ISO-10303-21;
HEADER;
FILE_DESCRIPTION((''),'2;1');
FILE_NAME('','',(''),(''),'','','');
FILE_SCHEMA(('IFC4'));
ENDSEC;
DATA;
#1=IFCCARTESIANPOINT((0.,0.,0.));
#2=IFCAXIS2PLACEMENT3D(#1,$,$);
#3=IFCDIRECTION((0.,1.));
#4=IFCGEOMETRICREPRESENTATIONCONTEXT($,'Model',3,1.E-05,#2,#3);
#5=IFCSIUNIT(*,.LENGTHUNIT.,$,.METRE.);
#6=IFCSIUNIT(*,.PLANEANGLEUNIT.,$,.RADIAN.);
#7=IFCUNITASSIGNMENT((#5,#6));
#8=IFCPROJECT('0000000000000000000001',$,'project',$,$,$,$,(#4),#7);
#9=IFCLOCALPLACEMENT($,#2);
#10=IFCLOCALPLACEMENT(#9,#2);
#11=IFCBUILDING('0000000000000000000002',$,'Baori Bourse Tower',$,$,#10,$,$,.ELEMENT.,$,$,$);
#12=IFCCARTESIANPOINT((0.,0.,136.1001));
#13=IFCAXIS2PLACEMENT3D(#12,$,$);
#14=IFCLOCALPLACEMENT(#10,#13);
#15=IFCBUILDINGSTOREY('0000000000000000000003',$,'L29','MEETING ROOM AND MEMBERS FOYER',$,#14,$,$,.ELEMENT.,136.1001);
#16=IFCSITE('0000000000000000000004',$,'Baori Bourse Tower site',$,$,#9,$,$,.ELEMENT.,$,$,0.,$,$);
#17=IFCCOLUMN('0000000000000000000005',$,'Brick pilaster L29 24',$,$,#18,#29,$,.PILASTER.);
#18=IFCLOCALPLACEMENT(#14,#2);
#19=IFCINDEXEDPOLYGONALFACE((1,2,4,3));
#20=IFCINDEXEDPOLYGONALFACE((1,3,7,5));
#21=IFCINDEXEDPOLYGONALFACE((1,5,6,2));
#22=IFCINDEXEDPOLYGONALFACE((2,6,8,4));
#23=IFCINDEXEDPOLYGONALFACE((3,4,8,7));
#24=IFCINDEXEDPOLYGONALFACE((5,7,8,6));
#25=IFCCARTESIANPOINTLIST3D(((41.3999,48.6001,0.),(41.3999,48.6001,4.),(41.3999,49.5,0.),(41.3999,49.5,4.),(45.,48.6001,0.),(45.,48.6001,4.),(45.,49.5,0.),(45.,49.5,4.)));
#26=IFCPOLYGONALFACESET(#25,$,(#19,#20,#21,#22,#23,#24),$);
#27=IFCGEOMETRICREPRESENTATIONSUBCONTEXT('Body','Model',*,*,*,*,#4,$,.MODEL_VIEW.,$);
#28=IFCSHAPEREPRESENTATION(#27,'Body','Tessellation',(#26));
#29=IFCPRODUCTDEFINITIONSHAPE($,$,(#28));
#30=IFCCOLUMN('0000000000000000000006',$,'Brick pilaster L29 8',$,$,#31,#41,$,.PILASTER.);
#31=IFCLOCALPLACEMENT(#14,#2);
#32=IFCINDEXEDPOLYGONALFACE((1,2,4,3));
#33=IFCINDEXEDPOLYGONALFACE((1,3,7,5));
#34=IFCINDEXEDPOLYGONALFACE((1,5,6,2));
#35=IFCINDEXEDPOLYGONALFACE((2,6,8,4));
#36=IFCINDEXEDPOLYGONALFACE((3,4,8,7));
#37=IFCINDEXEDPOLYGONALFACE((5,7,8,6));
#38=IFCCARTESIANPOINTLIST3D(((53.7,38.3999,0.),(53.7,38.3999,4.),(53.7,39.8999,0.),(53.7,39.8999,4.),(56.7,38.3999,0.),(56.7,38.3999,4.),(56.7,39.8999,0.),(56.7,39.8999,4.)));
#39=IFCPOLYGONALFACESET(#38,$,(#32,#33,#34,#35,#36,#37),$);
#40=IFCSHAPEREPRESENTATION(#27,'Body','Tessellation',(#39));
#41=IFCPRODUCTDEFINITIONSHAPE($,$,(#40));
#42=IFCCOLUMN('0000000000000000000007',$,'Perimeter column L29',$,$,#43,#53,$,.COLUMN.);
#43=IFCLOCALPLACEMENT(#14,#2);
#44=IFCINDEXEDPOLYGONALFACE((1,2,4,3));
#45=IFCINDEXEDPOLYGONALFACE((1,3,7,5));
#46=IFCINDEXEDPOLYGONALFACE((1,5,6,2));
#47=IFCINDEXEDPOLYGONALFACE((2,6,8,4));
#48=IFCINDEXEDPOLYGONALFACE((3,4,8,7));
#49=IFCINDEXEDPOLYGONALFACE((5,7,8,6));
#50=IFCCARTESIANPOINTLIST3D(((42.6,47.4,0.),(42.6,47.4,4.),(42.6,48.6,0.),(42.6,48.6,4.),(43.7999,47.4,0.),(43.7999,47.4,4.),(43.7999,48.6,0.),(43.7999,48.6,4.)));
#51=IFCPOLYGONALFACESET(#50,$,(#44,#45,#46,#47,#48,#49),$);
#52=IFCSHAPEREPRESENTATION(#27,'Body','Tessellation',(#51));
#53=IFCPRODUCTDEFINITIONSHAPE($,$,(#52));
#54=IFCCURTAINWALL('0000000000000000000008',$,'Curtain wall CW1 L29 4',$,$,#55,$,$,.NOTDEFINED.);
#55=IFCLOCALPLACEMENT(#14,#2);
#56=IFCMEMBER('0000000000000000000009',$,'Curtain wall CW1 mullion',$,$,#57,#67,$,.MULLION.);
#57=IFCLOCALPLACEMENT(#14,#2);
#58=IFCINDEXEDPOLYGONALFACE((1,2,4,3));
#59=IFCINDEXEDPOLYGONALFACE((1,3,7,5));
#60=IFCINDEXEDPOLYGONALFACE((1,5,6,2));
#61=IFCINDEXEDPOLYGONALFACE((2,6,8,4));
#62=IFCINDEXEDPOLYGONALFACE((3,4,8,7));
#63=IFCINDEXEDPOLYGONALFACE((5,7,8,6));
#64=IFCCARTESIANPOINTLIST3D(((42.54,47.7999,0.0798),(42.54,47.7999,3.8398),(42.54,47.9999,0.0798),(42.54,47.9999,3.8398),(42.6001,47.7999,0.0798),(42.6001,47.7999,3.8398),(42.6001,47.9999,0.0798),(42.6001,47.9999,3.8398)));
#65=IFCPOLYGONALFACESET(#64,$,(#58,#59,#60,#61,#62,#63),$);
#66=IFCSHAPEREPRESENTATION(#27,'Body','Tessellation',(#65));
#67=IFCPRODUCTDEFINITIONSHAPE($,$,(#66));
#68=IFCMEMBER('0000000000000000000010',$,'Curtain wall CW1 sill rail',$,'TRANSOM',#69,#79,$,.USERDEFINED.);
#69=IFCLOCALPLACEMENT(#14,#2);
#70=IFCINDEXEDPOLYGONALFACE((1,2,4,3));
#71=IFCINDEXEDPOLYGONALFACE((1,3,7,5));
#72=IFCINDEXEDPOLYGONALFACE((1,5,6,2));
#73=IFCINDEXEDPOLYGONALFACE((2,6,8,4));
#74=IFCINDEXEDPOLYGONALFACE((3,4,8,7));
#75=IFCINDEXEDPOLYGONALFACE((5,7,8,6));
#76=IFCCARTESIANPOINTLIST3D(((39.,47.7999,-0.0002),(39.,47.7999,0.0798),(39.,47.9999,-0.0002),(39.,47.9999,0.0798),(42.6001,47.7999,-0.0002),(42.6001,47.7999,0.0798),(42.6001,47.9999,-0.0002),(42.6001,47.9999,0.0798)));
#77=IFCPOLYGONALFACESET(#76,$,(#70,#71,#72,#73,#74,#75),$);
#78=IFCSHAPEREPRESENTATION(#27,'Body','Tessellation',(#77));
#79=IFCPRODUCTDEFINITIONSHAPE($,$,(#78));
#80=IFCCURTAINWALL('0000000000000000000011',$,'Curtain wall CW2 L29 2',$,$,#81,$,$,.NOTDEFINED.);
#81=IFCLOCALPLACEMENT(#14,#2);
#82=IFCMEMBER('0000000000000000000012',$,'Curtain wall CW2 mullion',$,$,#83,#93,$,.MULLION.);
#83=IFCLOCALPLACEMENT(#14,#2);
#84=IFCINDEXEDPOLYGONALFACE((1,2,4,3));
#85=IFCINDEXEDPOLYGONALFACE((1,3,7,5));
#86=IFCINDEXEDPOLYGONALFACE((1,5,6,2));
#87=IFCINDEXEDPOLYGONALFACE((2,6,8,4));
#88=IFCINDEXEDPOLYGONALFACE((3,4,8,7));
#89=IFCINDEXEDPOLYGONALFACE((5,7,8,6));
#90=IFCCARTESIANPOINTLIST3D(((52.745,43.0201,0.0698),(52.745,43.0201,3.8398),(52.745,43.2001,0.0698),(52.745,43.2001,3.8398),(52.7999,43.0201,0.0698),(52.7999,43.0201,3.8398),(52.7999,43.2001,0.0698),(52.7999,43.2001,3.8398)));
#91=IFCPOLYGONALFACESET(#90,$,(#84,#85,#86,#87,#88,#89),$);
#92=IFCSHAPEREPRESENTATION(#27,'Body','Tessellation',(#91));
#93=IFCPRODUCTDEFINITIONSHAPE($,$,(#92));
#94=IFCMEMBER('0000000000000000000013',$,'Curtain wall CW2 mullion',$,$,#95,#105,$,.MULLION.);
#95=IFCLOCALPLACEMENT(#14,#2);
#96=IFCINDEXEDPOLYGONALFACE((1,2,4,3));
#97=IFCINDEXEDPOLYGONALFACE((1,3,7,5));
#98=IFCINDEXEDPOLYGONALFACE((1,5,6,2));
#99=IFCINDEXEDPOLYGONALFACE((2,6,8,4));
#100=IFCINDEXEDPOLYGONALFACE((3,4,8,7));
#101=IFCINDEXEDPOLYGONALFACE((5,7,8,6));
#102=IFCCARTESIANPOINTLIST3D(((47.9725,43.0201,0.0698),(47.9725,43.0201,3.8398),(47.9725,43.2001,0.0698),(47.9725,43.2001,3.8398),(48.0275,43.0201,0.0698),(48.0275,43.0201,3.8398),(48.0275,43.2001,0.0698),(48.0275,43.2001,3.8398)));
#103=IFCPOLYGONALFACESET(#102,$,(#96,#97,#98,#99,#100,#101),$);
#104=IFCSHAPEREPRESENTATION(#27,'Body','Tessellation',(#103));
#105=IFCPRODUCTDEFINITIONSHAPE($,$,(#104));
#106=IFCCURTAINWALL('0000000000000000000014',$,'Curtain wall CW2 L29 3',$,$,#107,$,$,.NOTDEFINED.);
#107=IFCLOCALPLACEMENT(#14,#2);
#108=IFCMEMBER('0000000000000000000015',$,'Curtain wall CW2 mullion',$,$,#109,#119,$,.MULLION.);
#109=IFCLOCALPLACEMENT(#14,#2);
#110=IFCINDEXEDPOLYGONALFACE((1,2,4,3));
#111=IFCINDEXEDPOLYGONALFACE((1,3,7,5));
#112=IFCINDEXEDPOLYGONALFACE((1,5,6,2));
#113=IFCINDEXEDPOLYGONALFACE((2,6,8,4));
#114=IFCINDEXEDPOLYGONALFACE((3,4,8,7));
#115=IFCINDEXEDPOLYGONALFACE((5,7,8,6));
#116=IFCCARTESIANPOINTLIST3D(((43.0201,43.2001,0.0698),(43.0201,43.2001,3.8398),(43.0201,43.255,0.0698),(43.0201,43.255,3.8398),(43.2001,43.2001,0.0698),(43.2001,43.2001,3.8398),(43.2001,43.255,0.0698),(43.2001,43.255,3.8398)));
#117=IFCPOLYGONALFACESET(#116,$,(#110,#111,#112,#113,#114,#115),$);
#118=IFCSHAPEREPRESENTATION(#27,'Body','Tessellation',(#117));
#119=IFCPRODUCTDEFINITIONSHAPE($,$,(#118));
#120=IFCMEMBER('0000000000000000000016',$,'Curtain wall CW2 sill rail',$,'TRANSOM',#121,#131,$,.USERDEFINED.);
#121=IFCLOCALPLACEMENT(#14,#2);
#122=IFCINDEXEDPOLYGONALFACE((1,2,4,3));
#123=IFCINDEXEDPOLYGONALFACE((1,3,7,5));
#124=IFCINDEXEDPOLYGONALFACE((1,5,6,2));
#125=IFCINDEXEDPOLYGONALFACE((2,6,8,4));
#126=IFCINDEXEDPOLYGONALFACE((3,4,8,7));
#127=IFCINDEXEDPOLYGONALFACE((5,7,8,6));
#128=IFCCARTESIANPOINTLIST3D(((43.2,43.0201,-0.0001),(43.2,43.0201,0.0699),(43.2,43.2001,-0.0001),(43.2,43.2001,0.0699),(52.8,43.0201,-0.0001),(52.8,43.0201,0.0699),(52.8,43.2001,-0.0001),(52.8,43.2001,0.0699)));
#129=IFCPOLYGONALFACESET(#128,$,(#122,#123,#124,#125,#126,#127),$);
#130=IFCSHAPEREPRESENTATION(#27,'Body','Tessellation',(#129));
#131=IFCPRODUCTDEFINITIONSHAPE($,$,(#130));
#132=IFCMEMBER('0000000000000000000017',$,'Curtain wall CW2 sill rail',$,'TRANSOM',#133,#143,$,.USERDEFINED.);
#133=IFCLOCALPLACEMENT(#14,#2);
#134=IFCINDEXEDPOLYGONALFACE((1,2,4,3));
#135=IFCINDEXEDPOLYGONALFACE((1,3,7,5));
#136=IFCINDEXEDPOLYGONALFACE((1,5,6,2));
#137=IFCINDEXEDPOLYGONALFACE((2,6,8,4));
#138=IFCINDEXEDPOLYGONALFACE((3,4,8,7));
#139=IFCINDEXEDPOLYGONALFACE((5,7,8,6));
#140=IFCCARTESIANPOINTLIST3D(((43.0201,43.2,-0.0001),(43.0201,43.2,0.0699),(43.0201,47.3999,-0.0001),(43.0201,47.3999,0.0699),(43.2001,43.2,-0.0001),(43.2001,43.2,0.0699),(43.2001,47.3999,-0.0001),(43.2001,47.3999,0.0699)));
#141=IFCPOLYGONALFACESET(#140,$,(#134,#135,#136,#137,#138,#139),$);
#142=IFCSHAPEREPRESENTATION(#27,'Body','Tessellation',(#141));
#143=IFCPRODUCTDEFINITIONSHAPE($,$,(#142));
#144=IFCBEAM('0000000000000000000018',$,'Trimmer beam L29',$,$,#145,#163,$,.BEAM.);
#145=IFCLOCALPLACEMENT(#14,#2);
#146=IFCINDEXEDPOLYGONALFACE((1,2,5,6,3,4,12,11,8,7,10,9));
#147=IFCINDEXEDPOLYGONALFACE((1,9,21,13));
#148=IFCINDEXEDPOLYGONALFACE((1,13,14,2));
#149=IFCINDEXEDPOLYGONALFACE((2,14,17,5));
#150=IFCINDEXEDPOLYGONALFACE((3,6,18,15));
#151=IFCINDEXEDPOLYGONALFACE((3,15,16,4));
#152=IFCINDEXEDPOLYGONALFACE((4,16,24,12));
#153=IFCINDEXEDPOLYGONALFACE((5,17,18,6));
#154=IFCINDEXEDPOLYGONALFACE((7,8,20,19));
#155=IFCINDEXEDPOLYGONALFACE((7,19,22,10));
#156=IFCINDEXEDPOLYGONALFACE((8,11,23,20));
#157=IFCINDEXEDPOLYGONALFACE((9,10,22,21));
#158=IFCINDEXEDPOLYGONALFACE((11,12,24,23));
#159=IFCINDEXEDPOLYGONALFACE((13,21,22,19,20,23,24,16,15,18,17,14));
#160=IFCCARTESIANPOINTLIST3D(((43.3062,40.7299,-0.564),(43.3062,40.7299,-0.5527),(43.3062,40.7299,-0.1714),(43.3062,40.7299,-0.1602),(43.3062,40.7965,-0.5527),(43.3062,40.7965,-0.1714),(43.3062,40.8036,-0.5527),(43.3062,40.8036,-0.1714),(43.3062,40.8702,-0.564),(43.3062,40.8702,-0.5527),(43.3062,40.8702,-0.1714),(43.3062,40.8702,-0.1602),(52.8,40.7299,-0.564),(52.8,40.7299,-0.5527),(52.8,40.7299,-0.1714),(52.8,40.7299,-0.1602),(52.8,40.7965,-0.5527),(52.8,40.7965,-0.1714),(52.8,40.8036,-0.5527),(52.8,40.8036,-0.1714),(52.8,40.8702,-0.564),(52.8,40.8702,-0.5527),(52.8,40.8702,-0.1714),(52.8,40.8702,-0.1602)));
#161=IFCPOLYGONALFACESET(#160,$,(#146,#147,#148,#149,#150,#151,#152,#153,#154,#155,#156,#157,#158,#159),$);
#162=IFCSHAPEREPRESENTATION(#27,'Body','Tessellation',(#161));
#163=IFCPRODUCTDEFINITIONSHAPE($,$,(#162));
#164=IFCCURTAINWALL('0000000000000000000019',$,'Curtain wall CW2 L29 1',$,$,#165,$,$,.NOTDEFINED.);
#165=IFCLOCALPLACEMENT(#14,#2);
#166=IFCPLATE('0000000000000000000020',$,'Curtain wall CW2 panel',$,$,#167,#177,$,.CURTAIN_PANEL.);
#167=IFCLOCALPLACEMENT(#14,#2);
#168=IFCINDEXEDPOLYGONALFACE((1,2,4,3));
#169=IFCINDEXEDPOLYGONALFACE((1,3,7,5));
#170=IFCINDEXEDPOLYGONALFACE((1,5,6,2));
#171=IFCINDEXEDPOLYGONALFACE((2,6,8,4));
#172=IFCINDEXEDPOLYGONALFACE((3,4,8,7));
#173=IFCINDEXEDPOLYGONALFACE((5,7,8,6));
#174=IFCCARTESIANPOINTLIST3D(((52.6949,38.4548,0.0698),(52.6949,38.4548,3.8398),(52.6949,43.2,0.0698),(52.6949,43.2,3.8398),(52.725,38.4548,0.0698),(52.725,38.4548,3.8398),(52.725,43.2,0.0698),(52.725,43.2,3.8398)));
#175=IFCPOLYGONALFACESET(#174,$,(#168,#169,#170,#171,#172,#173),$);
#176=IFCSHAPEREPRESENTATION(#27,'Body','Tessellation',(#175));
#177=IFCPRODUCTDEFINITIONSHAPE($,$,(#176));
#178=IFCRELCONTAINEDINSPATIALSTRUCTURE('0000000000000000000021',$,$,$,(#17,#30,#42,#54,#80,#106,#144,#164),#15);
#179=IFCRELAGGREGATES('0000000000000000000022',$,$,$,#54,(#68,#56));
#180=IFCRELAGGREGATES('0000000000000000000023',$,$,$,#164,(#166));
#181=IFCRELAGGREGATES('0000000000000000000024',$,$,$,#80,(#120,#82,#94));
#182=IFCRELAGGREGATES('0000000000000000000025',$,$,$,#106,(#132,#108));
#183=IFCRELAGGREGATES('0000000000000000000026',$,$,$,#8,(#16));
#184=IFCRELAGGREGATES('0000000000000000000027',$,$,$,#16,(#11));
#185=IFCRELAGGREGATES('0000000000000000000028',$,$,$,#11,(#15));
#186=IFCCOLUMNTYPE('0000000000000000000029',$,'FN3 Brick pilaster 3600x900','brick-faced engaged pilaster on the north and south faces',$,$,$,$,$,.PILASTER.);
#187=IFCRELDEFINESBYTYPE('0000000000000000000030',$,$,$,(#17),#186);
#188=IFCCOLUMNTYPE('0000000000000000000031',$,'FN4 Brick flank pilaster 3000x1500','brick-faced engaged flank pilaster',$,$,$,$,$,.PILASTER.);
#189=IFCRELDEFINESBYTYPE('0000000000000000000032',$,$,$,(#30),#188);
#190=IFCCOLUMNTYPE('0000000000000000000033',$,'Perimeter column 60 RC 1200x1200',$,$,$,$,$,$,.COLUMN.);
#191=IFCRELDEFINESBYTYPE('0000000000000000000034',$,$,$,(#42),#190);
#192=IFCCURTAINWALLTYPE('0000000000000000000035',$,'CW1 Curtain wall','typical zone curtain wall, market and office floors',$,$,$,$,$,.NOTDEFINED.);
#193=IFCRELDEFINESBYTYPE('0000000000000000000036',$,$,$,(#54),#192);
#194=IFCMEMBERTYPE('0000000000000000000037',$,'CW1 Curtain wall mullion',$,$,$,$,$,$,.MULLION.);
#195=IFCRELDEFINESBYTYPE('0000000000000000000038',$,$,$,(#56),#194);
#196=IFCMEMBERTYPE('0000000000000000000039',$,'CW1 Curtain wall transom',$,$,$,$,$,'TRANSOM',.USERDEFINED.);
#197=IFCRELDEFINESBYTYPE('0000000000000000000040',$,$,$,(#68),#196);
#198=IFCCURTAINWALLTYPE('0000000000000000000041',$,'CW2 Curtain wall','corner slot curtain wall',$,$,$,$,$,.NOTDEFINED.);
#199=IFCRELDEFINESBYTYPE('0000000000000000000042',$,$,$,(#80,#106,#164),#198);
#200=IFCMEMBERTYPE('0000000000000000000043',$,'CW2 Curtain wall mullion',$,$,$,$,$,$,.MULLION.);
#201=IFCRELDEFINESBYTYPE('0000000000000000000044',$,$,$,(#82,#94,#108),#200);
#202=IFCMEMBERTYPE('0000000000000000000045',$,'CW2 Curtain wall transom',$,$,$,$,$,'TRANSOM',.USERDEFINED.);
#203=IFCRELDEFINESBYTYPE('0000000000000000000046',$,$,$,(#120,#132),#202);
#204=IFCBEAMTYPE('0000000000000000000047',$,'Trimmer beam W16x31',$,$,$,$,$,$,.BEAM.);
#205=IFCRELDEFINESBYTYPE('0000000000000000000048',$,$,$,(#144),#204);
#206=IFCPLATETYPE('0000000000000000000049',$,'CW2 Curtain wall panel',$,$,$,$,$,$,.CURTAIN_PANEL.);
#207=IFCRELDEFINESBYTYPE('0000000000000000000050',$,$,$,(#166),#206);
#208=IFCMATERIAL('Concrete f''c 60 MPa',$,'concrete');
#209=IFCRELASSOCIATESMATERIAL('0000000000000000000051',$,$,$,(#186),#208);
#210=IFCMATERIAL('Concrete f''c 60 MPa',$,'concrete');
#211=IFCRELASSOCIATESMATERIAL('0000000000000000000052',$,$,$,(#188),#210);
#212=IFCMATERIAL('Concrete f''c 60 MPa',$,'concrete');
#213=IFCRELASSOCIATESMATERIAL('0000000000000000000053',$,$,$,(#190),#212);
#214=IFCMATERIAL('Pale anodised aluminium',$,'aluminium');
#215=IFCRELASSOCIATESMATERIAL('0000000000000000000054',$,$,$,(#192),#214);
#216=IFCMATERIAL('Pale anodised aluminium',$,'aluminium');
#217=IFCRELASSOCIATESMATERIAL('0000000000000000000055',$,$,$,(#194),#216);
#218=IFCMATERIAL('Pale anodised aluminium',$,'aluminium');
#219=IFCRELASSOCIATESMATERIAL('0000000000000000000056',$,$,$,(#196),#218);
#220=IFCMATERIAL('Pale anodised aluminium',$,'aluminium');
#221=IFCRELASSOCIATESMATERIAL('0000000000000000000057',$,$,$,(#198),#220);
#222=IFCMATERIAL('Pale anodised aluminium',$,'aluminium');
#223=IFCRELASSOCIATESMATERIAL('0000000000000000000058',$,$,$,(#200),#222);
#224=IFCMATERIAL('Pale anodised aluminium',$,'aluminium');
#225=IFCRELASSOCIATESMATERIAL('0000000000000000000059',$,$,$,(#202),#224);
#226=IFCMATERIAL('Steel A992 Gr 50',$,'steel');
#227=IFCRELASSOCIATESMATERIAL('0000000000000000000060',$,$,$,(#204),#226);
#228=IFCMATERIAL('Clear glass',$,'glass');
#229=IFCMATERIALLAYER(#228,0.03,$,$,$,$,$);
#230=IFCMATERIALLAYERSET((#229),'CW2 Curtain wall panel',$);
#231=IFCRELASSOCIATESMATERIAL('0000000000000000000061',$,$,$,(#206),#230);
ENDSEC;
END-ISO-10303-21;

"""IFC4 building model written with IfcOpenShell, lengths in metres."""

from ifc_helpers import new_model, si_unit, direction, frame, origin, origin_2d, place, context, subcontext, project, spatial, rectangle, i_section, extrude, material, layer, layer_set, material_profile, profile_set, type_object, element, aggregate, save


model = new_model("IFC4")

# Units and contexts
model_context = context("Model", 3, precision=1e-05, world=origin(), true_north=direction((0.0, 1.0)))
body_context = subcontext(model_context, "Body", "Model", "MODEL_VIEW")
ifc_project = project(units=[si_unit("LENGTHUNIT", "METRE"), si_unit("PLANEANGLEUNIT", "RADIAN")], contexts=[model_context])

# Site, building, storey
site_placement = place(None, origin())
site = spatial("IfcSite", under=ifc_project, at=site_placement, Name="Baori Bourse Tower site", CompositionType="ELEMENT", RefElevation=0.0)
building_placement = place(site_placement, origin())
building = spatial("IfcBuilding", under=site, at=building_placement, Name="Baori Bourse Tower", CompositionType="ELEMENT")
storey_placement = place(building_placement, frame((0.0, 0.0, 136.1001)))
storey = spatial("IfcBuildingStorey", under=building, at=storey_placement, Name="L29", Description="MEETING ROOM AND MEMBERS FOYER", CompositionType="ELEMENT", Elevation=136.1001)

# Columns
ifc_material_1 = material(Name="Concrete f'c 60 MPa", Category="concrete")
ifc_material_profile_1 = material_profile(ifc_material_1, rectangle(XDim=3.6001, YDim=0.8999, at=origin_2d()), Name="RC 3600x900")
ifc_profile_set_1 = profile_set([ifc_material_profile_1], Name="Concrete f'c 60 MPa")
column_type_1 = type_object("IfcColumnType", Name="FN3 Brick pilaster 3600x900", Description="brick-faced engaged pilaster on the north and south faces", PredefinedType="PILASTER", material=ifc_profile_set_1)
column_1_placement = place(storey_placement, frame((43.2, 49.05, 0.0), z_axis=(0.0, 0.0, 1.0), x_axis=(1.0, 0.0, 0.0)))
element("IfcColumn", 1, at=column_1_placement, inside=storey, type_object=column_type_1, Name="Brick pilaster L29 24", PredefinedType="PILASTER", context=body_context, shape_type="SweptSolid", body=[
    extrude(rectangle(XDim=3.6001, YDim=0.8999, at=origin_2d()), origin(), (0.0, 0.0, 1.0), 4.0),
])
ifc_material_2 = material(Name="Concrete f'c 60 MPa", Category="concrete")
ifc_material_profile_2 = material_profile(ifc_material_2, rectangle(XDim=3.0, YDim=1.5, at=origin_2d()), Name="RC 3000x1500")
ifc_profile_set_2 = profile_set([ifc_material_profile_2], Name="Concrete f'c 60 MPa")
column_type_2 = type_object("IfcColumnType", Name="FN4 Brick flank pilaster 3000x1500", Description="brick-faced engaged flank pilaster", PredefinedType="PILASTER", material=ifc_profile_set_2)
column_2_placement = place(storey_placement, frame((55.2, 39.1499, 0.0), z_axis=(0.0, 0.0, 1.0), x_axis=(1.0, 0.0, 0.0)))
element("IfcColumn", 2, at=column_2_placement, inside=storey, type_object=column_type_2, Name="Brick pilaster L29 8", PredefinedType="PILASTER", context=body_context, shape_type="SweptSolid", body=[
    extrude(rectangle(XDim=3.0, YDim=1.5, at=origin_2d()), origin(), (0.0, 0.0, 1.0), 4.0),
])
ifc_material_3 = material(Name="Concrete f'c 60 MPa", Category="concrete")
ifc_material_profile_3 = material_profile(ifc_material_3, rectangle(XDim=1.2, YDim=1.2, at=origin_2d()), Name="RC 1200x1200")
ifc_profile_set_3 = profile_set([ifc_material_profile_3], Name="Concrete f'c 60 MPa")
column_type_3 = type_object("IfcColumnType", Name="Perimeter column 60 RC 1200x1200", PredefinedType="COLUMN", material=ifc_profile_set_3)
column_3_placement = place(storey_placement, frame((43.2, 48.0, 0.0), z_axis=(0.0, 0.0, 1.0), x_axis=(1.0, 0.0, 0.0)))
element("IfcColumn", 3, at=column_3_placement, inside=storey, type_object=column_type_3, Name="Perimeter column L29", PredefinedType="COLUMN", context=body_context, shape_type="SweptSolid", body=[
    extrude(rectangle(XDim=1.2, YDim=1.2, at=origin_2d()), origin(), (0.0, 0.0, 1.0), 4.0),
])

# Curtain walls, members
ifc_material_4 = material(Name="Pale anodised aluminium", Category="aluminium")
curtain_wall_type_1 = type_object("IfcCurtainWallType", Name="CW1 Curtain wall", Description="typical zone curtain wall, market and office floors", PredefinedType="NOTDEFINED", material=ifc_material_4)
curtain_wall_1_placement = place(storey_placement, origin())
curtain_wall_1 = element("IfcCurtainWall", 4, at=curtain_wall_1_placement, inside=storey, type_object=curtain_wall_type_1, Name="Curtain wall CW1 L29 4", PredefinedType="NOTDEFINED")
ifc_material_5 = material(Name="Pale anodised aluminium", Category="aluminium")
ifc_material_profile_4 = material_profile(ifc_material_5, rectangle(XDim=0.2, YDim=0.0601, at=origin_2d()), Name="Mullion 60x200")
ifc_profile_set_4 = profile_set([ifc_material_profile_4], Name="Pale anodised aluminium")
member_type_1 = type_object("IfcMemberType", Name="CW1 Curtain wall mullion", PredefinedType="MULLION", material=ifc_profile_set_4)
member_1_placement = place(storey_placement, frame((42.5701, 47.8999, 0.0798), z_axis=(0.0, 0.0, 1.0), x_axis=(0.0, -1.0, 0.0)))
member_1 = element("IfcMember", 5, at=member_1_placement, type_object=member_type_1, Name="Curtain wall CW1 mullion", PredefinedType="MULLION", context=body_context, shape_type="SweptSolid", body=[
    extrude(rectangle(XDim=0.2, YDim=0.0601, at=origin_2d()), origin(), (0.0, 0.0, 1.0), 3.76),
])
ifc_material_6 = material(Name="Pale anodised aluminium", Category="aluminium")
ifc_material_profile_5 = material_profile(ifc_material_6, rectangle(XDim=0.2, YDim=0.0801, at=origin_2d()), Name="Transom 80x200")
ifc_profile_set_5 = profile_set([ifc_material_profile_5], Name="Pale anodised aluminium")
member_type_2 = type_object("IfcMemberType", Name="CW1 Curtain wall transom", ElementType="TRANSOM", PredefinedType="USERDEFINED", material=ifc_profile_set_5)
member_2_placement = place(storey_placement, frame((42.6001, 47.8999, 0.0398), z_axis=(-1.0, 0.0, 0.0), x_axis=(0.0, -1.0, 0.0)))
member_2 = element("IfcMember", 6, at=member_2_placement, type_object=member_type_2, Name="Curtain wall CW1 sill rail", ObjectType="TRANSOM", PredefinedType="USERDEFINED", context=body_context, shape_type="SweptSolid", body=[
    extrude(rectangle(XDim=0.2, YDim=0.0801, at=origin_2d()), origin(), (0.0, 0.0, 1.0), 3.6001),
])
aggregate(curtain_wall_1, [member_2, member_1])
ifc_material_7 = material(Name="Pale anodised aluminium", Category="aluminium")
curtain_wall_type_2 = type_object("IfcCurtainWallType", Name="CW2 Curtain wall", Description="corner slot curtain wall", PredefinedType="NOTDEFINED", material=ifc_material_7)
curtain_wall_2_placement = place(storey_placement, origin())
curtain_wall_2 = element("IfcCurtainWall", 7, at=curtain_wall_2_placement, inside=storey, type_object=curtain_wall_type_2, Name="Curtain wall CW2 L29 2", PredefinedType="NOTDEFINED")
ifc_material_8 = material(Name="Pale anodised aluminium", Category="aluminium")
ifc_material_profile_6 = material_profile(ifc_material_8, rectangle(XDim=0.1799, YDim=0.0549, at=origin_2d()), Name="Mullion 55x180")
ifc_profile_set_6 = profile_set([ifc_material_profile_6], Name="Pale anodised aluminium")
member_type_3 = type_object("IfcMemberType", Name="CW2 Curtain wall mullion", PredefinedType="MULLION", material=ifc_profile_set_6)
member_3_placement = place(storey_placement, frame((52.7725, 43.1101, 0.0698), z_axis=(0.0, 0.0, 1.0), x_axis=(0.0, -1.0, 0.0)))
member_3 = element("IfcMember", 8, at=member_3_placement, type_object=member_type_3, Name="Curtain wall CW2 mullion", PredefinedType="MULLION", context=body_context, shape_type="SweptSolid", body=[
    extrude(rectangle(XDim=0.1799, YDim=0.0549, at=origin_2d()), origin(), (0.0, 0.0, 1.0), 3.77),
])
member_4_placement = place(storey_placement, frame((48.0, 43.1101, 0.0698), z_axis=(0.0, 0.0, 1.0), x_axis=(0.0, -1.0, 0.0)))
member_4 = element("IfcMember", 9, at=member_4_placement, type_object=member_type_3, Name="Curtain wall CW2 mullion", PredefinedType="MULLION", context=body_context, shape_type="SweptSolid", body=[
    extrude(rectangle(XDim=0.1799, YDim=0.0549, at=origin_2d()), origin(), (0.0, 0.0, 1.0), 3.77),
])

# Curtain wall, member
curtain_wall_3_placement = place(storey_placement, origin())
curtain_wall_3 = element("IfcCurtainWall", 10, at=curtain_wall_3_placement, inside=storey, type_object=curtain_wall_type_2, Name="Curtain wall CW2 L29 3", PredefinedType="NOTDEFINED")
member_5_placement = place(storey_placement, frame((43.1101, 43.2275, 0.0698), z_axis=(0.0, 0.0, 1.0), x_axis=(-1.0, 0.0, 0.0)))
member_5 = element("IfcMember", 11, at=member_5_placement, type_object=member_type_3, Name="Curtain wall CW2 mullion", PredefinedType="MULLION", context=body_context, shape_type="SweptSolid", body=[
    extrude(rectangle(XDim=0.1799, YDim=0.0549, at=origin_2d()), origin(), (0.0, 0.0, 1.0), 3.77),
])

# Members
ifc_material_9 = material(Name="Pale anodised aluminium", Category="aluminium")
ifc_material_profile_7 = material_profile(ifc_material_9, rectangle(XDim=0.1799, YDim=0.0701, at=origin_2d()), Name="Transom 70x180")
ifc_profile_set_7 = profile_set([ifc_material_profile_7], Name="Pale anodised aluminium")
member_type_4 = type_object("IfcMemberType", Name="CW2 Curtain wall transom", ElementType="TRANSOM", PredefinedType="USERDEFINED", material=ifc_profile_set_7)
member_6_placement = place(storey_placement, frame((52.8, 43.1101, 0.0349), z_axis=(-1.0, 0.0, 0.0), x_axis=(0.0, -1.0, 0.0)))
member_6 = element("IfcMember", 12, at=member_6_placement, type_object=member_type_4, Name="Curtain wall CW2 sill rail", ObjectType="TRANSOM", PredefinedType="USERDEFINED", context=body_context, shape_type="SweptSolid", body=[
    extrude(rectangle(XDim=0.1799, YDim=0.0701, at=origin_2d()), origin(), (0.0, 0.0, 1.0), 9.6001),
])
member_7_placement = place(storey_placement, frame((43.1101, 43.2, 0.0349), z_axis=(0.0, 1.0, 0.0), x_axis=(-1.0, 0.0, 0.0)))
member_7 = element("IfcMember", 13, at=member_7_placement, type_object=member_type_4, Name="Curtain wall CW2 sill rail", ObjectType="TRANSOM", PredefinedType="USERDEFINED", context=body_context, shape_type="SweptSolid", body=[
    extrude(rectangle(XDim=0.1799, YDim=0.0701, at=origin_2d()), origin(), (0.0, 0.0, 1.0), 4.2),
])

# Beam
ifc_material_10 = material(Name="Steel A992 Gr 50", Category="steel")
ifc_material_profile_8 = material_profile(ifc_material_10, i_section(OverallWidth=0.1404, OverallDepth=0.4038, WebThickness=0.0071, FlangeThickness=0.0112, at=origin_2d()), Name="W16x31")
ifc_profile_set_8 = profile_set([ifc_material_profile_8], Name="Steel A992 Gr 50")
beam_type = type_object("IfcBeamType", Name="Trimmer beam W16x31", PredefinedType="BEAM", material=ifc_profile_set_8)
beam_placement = place(storey_placement, frame((43.3062, 40.8, -0.3621), z_axis=(1.0, 0.0, 0.0), x_axis=(0.0, 1.0, 0.0)))
element("IfcBeam", 14, at=beam_placement, inside=storey, type_object=beam_type, Name="Trimmer beam L29", PredefinedType="BEAM", context=body_context, shape_type="SweptSolid", body=[
    extrude(i_section(OverallWidth=0.1404, OverallDepth=0.4038, WebThickness=0.0071, FlangeThickness=0.0112, at=origin_2d()), origin(), (0.0, 0.0, 1.0), 9.4939),
])

# Curtain wall, plate
curtain_wall_4_placement = place(storey_placement, origin())
curtain_wall_4 = element("IfcCurtainWall", 15, at=curtain_wall_4_placement, inside=storey, type_object=curtain_wall_type_2, Name="Curtain wall CW2 L29 1", PredefinedType="NOTDEFINED")
ifc_material_11 = material(Name="Clear glass", Category="glass")
ifc_layer_1 = layer(ifc_material_11, 0.03)
ifc_layer_set_1 = layer_set([ifc_layer_1], Name="CW2 Curtain wall panel")
plate_type = type_object("IfcPlateType", Name="CW2 Curtain wall panel", PredefinedType="CURTAIN_PANEL", material=ifc_layer_set_1)
plate_1_placement = place(storey_placement, frame((52.71, 40.8274, 0.0698), z_axis=(0.0, 0.0, 1.0), x_axis=(0.0, 1.0, 0.0)))
plate_1 = element("IfcPlate", 16, at=plate_1_placement, type_object=plate_type, Name="Curtain wall CW2 panel", PredefinedType="CURTAIN_PANEL", context=body_context, shape_type="SweptSolid", body=[
    extrude(rectangle(XDim=4.7451, YDim=0.03, at=origin_2d()), origin(), (0.0, 0.0, 1.0), 3.77),
])
aggregate(curtain_wall_4, [plate_1])

aggregate(curtain_wall_2, [member_6, member_3, member_4])
aggregate(curtain_wall_3, [member_7, member_5])

save(model, "model.ifc")
